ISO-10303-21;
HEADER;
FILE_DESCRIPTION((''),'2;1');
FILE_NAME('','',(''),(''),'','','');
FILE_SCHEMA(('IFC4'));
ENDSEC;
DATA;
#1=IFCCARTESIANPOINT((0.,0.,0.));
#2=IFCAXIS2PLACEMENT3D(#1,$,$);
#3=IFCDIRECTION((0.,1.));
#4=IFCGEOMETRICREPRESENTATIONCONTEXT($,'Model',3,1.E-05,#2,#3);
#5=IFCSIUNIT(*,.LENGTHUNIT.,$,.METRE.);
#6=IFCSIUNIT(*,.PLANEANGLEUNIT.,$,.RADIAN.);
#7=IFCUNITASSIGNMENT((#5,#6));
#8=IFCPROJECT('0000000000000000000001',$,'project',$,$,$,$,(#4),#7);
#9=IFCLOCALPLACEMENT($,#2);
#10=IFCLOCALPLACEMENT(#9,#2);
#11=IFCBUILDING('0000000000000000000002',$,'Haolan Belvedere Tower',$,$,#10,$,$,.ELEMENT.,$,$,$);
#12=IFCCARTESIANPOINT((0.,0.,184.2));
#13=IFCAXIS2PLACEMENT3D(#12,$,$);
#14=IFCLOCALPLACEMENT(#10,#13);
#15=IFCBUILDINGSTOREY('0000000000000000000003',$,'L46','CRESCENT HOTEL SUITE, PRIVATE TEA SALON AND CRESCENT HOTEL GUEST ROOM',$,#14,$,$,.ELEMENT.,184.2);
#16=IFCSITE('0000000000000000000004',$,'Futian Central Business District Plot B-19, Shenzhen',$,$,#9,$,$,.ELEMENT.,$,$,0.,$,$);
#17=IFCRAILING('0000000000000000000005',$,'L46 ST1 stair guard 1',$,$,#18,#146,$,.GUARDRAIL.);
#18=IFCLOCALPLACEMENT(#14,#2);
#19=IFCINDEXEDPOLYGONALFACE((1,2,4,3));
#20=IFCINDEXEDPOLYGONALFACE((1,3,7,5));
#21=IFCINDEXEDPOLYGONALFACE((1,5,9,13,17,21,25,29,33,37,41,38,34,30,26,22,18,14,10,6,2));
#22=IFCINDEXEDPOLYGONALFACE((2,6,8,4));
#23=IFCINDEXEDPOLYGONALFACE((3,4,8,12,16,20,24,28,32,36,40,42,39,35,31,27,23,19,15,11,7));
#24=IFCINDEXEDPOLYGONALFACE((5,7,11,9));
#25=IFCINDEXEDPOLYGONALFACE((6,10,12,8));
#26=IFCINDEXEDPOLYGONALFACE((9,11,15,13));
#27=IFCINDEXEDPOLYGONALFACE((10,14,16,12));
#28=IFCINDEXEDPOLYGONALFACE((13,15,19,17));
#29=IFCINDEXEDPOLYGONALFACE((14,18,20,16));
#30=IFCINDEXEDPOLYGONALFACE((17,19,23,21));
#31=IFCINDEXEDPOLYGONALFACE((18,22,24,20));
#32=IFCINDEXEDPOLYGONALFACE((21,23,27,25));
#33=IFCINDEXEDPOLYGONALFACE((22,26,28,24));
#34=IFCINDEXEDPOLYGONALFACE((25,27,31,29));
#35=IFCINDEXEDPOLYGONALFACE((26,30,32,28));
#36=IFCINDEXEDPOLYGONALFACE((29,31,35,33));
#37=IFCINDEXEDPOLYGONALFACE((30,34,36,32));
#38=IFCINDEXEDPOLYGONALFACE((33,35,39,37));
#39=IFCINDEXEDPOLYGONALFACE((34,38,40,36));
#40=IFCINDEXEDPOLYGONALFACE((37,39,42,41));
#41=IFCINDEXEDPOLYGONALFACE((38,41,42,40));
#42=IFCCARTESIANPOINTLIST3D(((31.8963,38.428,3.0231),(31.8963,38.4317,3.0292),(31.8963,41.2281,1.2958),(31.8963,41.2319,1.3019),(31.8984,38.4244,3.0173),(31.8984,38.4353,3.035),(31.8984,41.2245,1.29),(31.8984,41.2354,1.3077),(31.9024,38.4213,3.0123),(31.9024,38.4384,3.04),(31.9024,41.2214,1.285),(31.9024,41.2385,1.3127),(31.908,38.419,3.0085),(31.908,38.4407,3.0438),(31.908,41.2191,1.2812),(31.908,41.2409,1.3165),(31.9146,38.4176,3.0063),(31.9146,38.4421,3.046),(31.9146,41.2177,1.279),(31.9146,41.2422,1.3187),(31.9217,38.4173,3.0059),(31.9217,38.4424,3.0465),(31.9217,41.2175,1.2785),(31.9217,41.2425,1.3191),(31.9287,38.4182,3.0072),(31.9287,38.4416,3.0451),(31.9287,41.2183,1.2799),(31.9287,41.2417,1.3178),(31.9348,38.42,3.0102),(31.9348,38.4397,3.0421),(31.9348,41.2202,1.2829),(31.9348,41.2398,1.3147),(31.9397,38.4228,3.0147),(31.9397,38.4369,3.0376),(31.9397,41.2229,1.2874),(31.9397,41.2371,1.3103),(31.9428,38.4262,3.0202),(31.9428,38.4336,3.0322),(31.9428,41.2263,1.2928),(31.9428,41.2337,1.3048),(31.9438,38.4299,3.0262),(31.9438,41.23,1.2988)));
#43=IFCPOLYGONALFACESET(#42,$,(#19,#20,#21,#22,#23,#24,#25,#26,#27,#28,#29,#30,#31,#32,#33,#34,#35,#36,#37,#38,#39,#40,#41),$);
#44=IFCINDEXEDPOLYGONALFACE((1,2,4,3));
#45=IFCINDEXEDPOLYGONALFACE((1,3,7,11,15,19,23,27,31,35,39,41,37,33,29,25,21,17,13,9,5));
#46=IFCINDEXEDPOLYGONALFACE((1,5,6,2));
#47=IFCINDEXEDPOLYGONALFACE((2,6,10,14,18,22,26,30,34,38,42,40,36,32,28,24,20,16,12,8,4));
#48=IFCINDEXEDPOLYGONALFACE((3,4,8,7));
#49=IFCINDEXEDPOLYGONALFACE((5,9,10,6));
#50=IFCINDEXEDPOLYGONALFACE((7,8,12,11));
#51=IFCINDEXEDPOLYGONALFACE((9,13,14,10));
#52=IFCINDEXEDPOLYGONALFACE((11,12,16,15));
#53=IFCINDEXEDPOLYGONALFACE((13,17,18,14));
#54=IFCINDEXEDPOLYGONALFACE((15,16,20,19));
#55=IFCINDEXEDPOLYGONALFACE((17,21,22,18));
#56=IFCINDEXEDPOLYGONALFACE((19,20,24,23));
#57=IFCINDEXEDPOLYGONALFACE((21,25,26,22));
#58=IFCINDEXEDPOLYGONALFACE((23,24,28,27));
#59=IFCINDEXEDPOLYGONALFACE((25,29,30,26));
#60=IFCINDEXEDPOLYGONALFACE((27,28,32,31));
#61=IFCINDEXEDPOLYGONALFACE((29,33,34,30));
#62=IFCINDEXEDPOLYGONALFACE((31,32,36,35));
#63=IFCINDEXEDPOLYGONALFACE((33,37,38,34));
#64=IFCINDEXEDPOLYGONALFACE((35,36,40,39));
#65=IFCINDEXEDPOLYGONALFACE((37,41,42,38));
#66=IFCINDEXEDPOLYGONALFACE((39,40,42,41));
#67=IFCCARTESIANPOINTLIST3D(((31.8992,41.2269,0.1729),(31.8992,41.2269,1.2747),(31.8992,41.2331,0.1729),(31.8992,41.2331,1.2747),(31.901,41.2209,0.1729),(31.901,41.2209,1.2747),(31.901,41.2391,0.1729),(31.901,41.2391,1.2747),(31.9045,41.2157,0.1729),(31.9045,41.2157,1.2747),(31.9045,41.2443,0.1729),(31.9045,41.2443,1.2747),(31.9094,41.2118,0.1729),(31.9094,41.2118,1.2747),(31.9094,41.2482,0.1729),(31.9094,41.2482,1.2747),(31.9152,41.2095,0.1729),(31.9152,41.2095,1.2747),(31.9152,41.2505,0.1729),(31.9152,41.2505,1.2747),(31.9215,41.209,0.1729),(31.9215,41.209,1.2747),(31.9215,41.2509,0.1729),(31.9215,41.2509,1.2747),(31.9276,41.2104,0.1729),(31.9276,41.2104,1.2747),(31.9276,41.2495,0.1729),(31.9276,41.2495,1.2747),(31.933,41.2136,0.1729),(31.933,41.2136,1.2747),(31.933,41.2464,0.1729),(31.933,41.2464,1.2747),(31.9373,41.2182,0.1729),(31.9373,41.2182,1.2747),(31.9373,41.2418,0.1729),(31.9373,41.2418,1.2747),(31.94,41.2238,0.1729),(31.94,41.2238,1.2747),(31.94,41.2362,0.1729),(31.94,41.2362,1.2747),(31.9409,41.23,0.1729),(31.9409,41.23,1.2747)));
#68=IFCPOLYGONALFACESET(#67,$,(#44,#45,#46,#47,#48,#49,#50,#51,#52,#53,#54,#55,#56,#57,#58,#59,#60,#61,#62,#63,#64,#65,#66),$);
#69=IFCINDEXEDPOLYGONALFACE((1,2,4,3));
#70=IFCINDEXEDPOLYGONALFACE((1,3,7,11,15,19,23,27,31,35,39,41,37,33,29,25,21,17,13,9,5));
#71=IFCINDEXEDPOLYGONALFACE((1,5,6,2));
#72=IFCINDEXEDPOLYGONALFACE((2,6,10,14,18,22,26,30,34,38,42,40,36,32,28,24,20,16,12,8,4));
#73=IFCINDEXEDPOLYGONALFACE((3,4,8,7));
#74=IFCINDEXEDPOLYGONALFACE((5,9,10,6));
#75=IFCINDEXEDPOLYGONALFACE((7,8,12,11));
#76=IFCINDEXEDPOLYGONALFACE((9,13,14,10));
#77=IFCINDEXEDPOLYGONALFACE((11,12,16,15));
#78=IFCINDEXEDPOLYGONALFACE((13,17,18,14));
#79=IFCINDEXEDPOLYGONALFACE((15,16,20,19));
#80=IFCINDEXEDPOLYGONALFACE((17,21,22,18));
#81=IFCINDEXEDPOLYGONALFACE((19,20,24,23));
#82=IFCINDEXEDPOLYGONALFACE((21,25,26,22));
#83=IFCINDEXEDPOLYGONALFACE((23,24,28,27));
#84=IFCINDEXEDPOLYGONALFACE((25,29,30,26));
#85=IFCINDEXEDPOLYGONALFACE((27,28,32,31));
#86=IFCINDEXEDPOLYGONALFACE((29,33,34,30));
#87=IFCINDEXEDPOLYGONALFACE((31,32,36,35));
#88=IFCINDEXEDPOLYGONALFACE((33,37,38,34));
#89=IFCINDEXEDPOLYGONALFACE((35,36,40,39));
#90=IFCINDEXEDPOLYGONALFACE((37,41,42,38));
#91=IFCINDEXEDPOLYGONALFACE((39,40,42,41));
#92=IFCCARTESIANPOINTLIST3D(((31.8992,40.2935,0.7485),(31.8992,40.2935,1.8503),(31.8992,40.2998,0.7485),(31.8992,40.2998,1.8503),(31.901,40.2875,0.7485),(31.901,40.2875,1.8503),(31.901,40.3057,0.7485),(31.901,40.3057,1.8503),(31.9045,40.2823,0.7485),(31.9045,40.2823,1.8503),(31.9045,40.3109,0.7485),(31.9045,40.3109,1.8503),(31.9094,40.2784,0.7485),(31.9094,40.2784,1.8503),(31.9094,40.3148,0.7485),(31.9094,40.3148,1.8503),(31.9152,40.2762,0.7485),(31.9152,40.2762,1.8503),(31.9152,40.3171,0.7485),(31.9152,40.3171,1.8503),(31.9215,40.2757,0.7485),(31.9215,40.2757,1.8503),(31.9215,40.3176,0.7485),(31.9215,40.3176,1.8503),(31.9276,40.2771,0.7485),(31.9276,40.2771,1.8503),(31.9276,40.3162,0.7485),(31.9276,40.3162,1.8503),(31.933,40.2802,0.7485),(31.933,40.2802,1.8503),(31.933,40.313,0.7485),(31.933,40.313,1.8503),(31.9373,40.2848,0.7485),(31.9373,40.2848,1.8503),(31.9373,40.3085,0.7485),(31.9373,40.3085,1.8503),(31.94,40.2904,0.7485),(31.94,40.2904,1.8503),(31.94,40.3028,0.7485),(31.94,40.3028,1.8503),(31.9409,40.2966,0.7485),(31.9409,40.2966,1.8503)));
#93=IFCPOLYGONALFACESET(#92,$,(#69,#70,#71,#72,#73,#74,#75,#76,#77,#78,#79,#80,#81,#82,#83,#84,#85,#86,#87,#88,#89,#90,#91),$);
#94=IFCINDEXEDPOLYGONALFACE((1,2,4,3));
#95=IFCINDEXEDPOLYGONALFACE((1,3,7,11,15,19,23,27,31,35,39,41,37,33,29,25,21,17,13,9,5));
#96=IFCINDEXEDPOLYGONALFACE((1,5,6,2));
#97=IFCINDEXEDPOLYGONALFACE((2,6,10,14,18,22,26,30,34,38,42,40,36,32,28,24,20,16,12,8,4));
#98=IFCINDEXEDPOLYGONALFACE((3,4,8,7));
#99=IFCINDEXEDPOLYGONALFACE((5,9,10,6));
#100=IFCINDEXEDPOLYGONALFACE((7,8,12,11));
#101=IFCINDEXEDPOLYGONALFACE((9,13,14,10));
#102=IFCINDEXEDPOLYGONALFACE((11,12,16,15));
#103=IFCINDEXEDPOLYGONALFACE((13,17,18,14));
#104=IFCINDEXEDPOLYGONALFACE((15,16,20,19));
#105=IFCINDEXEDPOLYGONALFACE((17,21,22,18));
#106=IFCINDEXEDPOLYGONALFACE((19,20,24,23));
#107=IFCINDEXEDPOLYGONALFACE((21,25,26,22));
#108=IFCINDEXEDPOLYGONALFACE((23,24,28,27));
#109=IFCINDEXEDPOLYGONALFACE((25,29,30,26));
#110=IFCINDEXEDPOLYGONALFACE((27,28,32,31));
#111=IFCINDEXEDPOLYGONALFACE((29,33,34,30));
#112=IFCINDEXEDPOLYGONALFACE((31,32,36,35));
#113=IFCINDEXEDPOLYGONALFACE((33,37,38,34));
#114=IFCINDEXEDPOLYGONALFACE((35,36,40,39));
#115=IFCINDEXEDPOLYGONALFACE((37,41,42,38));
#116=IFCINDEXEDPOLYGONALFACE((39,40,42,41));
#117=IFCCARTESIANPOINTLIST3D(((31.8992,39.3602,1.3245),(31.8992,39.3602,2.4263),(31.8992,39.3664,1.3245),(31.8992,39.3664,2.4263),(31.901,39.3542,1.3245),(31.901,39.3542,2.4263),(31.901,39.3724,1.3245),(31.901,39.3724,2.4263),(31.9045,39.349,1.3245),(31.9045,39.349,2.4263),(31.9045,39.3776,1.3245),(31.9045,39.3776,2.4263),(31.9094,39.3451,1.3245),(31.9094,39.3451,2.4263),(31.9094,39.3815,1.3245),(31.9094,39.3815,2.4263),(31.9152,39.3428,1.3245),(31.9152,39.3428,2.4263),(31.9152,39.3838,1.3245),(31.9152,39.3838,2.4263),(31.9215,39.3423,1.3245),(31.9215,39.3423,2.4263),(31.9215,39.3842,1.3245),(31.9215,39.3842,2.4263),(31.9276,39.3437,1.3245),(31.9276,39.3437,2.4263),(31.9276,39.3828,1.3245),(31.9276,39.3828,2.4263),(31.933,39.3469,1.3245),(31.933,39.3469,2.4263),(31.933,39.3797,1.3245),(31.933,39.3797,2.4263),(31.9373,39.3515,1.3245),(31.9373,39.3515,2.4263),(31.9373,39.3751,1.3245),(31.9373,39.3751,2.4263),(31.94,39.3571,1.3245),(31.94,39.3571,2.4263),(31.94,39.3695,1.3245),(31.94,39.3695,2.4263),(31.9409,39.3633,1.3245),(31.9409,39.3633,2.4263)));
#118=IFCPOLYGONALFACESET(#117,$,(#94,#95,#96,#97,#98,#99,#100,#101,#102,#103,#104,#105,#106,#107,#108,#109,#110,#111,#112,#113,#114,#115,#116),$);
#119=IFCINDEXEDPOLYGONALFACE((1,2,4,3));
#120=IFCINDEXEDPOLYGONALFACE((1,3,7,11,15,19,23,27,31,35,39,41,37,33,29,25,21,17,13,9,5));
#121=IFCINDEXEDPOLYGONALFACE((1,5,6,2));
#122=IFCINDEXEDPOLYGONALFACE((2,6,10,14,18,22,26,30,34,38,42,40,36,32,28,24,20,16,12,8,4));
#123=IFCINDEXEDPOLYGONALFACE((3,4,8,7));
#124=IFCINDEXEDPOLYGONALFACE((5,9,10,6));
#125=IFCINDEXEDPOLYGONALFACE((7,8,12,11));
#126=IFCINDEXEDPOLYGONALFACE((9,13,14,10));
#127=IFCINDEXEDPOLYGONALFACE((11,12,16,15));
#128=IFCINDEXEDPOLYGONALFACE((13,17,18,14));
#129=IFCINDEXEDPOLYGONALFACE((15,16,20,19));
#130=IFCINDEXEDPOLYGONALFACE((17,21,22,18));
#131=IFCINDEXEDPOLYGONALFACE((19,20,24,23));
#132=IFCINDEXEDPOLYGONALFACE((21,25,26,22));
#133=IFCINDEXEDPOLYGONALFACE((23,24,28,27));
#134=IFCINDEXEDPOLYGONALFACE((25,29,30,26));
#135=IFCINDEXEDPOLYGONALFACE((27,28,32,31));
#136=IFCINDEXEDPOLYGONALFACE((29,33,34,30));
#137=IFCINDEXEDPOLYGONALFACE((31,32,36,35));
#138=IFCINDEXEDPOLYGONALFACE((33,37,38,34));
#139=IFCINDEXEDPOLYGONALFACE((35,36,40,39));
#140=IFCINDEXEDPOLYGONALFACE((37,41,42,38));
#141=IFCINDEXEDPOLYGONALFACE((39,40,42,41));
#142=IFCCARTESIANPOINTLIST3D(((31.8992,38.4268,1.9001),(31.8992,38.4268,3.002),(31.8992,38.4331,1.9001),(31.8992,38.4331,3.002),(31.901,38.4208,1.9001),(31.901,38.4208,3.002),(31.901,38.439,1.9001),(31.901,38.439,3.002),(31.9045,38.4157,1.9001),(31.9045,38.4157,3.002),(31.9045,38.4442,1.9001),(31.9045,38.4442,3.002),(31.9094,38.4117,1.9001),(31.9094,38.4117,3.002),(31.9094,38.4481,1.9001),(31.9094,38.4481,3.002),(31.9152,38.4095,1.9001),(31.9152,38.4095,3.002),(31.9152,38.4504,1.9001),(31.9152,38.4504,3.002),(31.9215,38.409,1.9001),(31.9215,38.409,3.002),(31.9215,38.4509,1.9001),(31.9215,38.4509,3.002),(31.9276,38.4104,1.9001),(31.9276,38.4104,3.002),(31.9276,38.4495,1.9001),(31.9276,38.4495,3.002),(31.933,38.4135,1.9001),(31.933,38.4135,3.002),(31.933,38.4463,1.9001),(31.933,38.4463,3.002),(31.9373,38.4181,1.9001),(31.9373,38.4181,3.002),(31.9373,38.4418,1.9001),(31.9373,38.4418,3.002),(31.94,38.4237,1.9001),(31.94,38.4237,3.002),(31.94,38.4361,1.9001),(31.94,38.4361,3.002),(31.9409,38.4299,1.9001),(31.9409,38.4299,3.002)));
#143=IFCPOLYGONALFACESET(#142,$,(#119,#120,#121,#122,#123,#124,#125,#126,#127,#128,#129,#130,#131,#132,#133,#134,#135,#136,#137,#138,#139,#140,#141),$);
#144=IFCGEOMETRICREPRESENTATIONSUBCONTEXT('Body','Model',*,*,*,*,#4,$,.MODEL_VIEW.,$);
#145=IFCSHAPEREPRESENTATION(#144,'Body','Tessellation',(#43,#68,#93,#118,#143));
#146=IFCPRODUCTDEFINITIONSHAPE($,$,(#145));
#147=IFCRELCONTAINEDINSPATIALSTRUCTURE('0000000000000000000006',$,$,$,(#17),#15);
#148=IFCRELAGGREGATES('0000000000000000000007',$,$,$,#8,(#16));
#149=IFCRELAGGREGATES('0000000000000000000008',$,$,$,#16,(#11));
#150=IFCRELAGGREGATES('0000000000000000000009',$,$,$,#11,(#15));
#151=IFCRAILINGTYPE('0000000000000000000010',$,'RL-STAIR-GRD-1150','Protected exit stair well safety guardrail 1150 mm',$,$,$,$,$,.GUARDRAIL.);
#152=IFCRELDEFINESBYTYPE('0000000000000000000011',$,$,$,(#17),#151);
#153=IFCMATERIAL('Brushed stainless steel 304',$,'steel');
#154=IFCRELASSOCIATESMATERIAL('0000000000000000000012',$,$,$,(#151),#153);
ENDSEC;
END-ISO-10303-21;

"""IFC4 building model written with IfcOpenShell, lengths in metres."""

from ifc_helpers import new_model, si_unit, direction, frame, origin, origin_2d, place, context, subcontext, project, spatial, circle, extrude, material, type_object, element, save


model = new_model("IFC4")

# Units and contexts
model_context = context("Model", 3, precision=1e-05, world=origin(), true_north=direction((0.0, 1.0)))
body_context = subcontext(model_context, "Body", "Model", "MODEL_VIEW")
ifc_project = project(units=[si_unit("LENGTHUNIT", "METRE"), si_unit("PLANEANGLEUNIT", "RADIAN")], contexts=[model_context])

# Site, building, storey
site_placement = place(None, origin())
site = spatial("IfcSite", under=ifc_project, at=site_placement, Name="Futian Central Business District Plot B-19, Shenzhen", CompositionType="ELEMENT", RefElevation=0.0)
building_placement = place(site_placement, origin())
building = spatial("IfcBuilding", under=site, at=building_placement, Name="Haolan Belvedere Tower", CompositionType="ELEMENT")
storey_placement = place(building_placement, frame((0.0, 0.0, 184.2)))
storey = spatial("IfcBuildingStorey", under=building, at=storey_placement, Name="L46", Description="CRESCENT HOTEL SUITE, PRIVATE TEA SALON AND CRESCENT HOTEL GUEST ROOM", CompositionType="ELEMENT", Elevation=184.2)

# Railing
ifc_material_1 = material(Name="Brushed stainless steel 304", Category="steel")
railing_type_1 = type_object("IfcRailingType", Name="RL-STAIR-GRD-1150", Description="Protected exit stair well safety guardrail 1150 mm", PredefinedType="GUARDRAIL", material=ifc_material_1)
railing_1_placement = place(storey_placement, frame((31.9199, 41.23, 0.1729)))
element("IfcRailing", 1, at=railing_1_placement, inside=storey, type_object=railing_type_1, Name="L46 ST1 stair guard 1", PredefinedType="GUARDRAIL", context=body_context, shape_type="SweptSolid", body=[
    extrude(circle(Radius=0.0239, at=origin_2d()), frame((0.0, 0.0, 1.126), z_axis=(0.0, -0.85109, 0.52502), x_axis=(1.0, 0.0, 0.0)), (0.0, 0.0, 1.0), 3.29),
    extrude(circle(Radius=0.021, at=origin_2d()), origin(), (0.0, 0.0, 1.0), 1.1018),
    extrude(circle(Radius=0.021, at=origin_2d()), frame((0.0, -0.9333, 0.5757)), (0.0, 0.0, 1.0), 1.1018),
    extrude(circle(Radius=0.021, at=origin_2d()), frame((0.0, -1.8667, 1.1516)), (0.0, 0.0, 1.0), 1.1018),
    extrude(circle(Radius=0.021, at=origin_2d()), frame((0.0, -2.8, 1.7273)), (0.0, 0.0, 1.0), 1.1018),
])

save(model, "model.ifc")
